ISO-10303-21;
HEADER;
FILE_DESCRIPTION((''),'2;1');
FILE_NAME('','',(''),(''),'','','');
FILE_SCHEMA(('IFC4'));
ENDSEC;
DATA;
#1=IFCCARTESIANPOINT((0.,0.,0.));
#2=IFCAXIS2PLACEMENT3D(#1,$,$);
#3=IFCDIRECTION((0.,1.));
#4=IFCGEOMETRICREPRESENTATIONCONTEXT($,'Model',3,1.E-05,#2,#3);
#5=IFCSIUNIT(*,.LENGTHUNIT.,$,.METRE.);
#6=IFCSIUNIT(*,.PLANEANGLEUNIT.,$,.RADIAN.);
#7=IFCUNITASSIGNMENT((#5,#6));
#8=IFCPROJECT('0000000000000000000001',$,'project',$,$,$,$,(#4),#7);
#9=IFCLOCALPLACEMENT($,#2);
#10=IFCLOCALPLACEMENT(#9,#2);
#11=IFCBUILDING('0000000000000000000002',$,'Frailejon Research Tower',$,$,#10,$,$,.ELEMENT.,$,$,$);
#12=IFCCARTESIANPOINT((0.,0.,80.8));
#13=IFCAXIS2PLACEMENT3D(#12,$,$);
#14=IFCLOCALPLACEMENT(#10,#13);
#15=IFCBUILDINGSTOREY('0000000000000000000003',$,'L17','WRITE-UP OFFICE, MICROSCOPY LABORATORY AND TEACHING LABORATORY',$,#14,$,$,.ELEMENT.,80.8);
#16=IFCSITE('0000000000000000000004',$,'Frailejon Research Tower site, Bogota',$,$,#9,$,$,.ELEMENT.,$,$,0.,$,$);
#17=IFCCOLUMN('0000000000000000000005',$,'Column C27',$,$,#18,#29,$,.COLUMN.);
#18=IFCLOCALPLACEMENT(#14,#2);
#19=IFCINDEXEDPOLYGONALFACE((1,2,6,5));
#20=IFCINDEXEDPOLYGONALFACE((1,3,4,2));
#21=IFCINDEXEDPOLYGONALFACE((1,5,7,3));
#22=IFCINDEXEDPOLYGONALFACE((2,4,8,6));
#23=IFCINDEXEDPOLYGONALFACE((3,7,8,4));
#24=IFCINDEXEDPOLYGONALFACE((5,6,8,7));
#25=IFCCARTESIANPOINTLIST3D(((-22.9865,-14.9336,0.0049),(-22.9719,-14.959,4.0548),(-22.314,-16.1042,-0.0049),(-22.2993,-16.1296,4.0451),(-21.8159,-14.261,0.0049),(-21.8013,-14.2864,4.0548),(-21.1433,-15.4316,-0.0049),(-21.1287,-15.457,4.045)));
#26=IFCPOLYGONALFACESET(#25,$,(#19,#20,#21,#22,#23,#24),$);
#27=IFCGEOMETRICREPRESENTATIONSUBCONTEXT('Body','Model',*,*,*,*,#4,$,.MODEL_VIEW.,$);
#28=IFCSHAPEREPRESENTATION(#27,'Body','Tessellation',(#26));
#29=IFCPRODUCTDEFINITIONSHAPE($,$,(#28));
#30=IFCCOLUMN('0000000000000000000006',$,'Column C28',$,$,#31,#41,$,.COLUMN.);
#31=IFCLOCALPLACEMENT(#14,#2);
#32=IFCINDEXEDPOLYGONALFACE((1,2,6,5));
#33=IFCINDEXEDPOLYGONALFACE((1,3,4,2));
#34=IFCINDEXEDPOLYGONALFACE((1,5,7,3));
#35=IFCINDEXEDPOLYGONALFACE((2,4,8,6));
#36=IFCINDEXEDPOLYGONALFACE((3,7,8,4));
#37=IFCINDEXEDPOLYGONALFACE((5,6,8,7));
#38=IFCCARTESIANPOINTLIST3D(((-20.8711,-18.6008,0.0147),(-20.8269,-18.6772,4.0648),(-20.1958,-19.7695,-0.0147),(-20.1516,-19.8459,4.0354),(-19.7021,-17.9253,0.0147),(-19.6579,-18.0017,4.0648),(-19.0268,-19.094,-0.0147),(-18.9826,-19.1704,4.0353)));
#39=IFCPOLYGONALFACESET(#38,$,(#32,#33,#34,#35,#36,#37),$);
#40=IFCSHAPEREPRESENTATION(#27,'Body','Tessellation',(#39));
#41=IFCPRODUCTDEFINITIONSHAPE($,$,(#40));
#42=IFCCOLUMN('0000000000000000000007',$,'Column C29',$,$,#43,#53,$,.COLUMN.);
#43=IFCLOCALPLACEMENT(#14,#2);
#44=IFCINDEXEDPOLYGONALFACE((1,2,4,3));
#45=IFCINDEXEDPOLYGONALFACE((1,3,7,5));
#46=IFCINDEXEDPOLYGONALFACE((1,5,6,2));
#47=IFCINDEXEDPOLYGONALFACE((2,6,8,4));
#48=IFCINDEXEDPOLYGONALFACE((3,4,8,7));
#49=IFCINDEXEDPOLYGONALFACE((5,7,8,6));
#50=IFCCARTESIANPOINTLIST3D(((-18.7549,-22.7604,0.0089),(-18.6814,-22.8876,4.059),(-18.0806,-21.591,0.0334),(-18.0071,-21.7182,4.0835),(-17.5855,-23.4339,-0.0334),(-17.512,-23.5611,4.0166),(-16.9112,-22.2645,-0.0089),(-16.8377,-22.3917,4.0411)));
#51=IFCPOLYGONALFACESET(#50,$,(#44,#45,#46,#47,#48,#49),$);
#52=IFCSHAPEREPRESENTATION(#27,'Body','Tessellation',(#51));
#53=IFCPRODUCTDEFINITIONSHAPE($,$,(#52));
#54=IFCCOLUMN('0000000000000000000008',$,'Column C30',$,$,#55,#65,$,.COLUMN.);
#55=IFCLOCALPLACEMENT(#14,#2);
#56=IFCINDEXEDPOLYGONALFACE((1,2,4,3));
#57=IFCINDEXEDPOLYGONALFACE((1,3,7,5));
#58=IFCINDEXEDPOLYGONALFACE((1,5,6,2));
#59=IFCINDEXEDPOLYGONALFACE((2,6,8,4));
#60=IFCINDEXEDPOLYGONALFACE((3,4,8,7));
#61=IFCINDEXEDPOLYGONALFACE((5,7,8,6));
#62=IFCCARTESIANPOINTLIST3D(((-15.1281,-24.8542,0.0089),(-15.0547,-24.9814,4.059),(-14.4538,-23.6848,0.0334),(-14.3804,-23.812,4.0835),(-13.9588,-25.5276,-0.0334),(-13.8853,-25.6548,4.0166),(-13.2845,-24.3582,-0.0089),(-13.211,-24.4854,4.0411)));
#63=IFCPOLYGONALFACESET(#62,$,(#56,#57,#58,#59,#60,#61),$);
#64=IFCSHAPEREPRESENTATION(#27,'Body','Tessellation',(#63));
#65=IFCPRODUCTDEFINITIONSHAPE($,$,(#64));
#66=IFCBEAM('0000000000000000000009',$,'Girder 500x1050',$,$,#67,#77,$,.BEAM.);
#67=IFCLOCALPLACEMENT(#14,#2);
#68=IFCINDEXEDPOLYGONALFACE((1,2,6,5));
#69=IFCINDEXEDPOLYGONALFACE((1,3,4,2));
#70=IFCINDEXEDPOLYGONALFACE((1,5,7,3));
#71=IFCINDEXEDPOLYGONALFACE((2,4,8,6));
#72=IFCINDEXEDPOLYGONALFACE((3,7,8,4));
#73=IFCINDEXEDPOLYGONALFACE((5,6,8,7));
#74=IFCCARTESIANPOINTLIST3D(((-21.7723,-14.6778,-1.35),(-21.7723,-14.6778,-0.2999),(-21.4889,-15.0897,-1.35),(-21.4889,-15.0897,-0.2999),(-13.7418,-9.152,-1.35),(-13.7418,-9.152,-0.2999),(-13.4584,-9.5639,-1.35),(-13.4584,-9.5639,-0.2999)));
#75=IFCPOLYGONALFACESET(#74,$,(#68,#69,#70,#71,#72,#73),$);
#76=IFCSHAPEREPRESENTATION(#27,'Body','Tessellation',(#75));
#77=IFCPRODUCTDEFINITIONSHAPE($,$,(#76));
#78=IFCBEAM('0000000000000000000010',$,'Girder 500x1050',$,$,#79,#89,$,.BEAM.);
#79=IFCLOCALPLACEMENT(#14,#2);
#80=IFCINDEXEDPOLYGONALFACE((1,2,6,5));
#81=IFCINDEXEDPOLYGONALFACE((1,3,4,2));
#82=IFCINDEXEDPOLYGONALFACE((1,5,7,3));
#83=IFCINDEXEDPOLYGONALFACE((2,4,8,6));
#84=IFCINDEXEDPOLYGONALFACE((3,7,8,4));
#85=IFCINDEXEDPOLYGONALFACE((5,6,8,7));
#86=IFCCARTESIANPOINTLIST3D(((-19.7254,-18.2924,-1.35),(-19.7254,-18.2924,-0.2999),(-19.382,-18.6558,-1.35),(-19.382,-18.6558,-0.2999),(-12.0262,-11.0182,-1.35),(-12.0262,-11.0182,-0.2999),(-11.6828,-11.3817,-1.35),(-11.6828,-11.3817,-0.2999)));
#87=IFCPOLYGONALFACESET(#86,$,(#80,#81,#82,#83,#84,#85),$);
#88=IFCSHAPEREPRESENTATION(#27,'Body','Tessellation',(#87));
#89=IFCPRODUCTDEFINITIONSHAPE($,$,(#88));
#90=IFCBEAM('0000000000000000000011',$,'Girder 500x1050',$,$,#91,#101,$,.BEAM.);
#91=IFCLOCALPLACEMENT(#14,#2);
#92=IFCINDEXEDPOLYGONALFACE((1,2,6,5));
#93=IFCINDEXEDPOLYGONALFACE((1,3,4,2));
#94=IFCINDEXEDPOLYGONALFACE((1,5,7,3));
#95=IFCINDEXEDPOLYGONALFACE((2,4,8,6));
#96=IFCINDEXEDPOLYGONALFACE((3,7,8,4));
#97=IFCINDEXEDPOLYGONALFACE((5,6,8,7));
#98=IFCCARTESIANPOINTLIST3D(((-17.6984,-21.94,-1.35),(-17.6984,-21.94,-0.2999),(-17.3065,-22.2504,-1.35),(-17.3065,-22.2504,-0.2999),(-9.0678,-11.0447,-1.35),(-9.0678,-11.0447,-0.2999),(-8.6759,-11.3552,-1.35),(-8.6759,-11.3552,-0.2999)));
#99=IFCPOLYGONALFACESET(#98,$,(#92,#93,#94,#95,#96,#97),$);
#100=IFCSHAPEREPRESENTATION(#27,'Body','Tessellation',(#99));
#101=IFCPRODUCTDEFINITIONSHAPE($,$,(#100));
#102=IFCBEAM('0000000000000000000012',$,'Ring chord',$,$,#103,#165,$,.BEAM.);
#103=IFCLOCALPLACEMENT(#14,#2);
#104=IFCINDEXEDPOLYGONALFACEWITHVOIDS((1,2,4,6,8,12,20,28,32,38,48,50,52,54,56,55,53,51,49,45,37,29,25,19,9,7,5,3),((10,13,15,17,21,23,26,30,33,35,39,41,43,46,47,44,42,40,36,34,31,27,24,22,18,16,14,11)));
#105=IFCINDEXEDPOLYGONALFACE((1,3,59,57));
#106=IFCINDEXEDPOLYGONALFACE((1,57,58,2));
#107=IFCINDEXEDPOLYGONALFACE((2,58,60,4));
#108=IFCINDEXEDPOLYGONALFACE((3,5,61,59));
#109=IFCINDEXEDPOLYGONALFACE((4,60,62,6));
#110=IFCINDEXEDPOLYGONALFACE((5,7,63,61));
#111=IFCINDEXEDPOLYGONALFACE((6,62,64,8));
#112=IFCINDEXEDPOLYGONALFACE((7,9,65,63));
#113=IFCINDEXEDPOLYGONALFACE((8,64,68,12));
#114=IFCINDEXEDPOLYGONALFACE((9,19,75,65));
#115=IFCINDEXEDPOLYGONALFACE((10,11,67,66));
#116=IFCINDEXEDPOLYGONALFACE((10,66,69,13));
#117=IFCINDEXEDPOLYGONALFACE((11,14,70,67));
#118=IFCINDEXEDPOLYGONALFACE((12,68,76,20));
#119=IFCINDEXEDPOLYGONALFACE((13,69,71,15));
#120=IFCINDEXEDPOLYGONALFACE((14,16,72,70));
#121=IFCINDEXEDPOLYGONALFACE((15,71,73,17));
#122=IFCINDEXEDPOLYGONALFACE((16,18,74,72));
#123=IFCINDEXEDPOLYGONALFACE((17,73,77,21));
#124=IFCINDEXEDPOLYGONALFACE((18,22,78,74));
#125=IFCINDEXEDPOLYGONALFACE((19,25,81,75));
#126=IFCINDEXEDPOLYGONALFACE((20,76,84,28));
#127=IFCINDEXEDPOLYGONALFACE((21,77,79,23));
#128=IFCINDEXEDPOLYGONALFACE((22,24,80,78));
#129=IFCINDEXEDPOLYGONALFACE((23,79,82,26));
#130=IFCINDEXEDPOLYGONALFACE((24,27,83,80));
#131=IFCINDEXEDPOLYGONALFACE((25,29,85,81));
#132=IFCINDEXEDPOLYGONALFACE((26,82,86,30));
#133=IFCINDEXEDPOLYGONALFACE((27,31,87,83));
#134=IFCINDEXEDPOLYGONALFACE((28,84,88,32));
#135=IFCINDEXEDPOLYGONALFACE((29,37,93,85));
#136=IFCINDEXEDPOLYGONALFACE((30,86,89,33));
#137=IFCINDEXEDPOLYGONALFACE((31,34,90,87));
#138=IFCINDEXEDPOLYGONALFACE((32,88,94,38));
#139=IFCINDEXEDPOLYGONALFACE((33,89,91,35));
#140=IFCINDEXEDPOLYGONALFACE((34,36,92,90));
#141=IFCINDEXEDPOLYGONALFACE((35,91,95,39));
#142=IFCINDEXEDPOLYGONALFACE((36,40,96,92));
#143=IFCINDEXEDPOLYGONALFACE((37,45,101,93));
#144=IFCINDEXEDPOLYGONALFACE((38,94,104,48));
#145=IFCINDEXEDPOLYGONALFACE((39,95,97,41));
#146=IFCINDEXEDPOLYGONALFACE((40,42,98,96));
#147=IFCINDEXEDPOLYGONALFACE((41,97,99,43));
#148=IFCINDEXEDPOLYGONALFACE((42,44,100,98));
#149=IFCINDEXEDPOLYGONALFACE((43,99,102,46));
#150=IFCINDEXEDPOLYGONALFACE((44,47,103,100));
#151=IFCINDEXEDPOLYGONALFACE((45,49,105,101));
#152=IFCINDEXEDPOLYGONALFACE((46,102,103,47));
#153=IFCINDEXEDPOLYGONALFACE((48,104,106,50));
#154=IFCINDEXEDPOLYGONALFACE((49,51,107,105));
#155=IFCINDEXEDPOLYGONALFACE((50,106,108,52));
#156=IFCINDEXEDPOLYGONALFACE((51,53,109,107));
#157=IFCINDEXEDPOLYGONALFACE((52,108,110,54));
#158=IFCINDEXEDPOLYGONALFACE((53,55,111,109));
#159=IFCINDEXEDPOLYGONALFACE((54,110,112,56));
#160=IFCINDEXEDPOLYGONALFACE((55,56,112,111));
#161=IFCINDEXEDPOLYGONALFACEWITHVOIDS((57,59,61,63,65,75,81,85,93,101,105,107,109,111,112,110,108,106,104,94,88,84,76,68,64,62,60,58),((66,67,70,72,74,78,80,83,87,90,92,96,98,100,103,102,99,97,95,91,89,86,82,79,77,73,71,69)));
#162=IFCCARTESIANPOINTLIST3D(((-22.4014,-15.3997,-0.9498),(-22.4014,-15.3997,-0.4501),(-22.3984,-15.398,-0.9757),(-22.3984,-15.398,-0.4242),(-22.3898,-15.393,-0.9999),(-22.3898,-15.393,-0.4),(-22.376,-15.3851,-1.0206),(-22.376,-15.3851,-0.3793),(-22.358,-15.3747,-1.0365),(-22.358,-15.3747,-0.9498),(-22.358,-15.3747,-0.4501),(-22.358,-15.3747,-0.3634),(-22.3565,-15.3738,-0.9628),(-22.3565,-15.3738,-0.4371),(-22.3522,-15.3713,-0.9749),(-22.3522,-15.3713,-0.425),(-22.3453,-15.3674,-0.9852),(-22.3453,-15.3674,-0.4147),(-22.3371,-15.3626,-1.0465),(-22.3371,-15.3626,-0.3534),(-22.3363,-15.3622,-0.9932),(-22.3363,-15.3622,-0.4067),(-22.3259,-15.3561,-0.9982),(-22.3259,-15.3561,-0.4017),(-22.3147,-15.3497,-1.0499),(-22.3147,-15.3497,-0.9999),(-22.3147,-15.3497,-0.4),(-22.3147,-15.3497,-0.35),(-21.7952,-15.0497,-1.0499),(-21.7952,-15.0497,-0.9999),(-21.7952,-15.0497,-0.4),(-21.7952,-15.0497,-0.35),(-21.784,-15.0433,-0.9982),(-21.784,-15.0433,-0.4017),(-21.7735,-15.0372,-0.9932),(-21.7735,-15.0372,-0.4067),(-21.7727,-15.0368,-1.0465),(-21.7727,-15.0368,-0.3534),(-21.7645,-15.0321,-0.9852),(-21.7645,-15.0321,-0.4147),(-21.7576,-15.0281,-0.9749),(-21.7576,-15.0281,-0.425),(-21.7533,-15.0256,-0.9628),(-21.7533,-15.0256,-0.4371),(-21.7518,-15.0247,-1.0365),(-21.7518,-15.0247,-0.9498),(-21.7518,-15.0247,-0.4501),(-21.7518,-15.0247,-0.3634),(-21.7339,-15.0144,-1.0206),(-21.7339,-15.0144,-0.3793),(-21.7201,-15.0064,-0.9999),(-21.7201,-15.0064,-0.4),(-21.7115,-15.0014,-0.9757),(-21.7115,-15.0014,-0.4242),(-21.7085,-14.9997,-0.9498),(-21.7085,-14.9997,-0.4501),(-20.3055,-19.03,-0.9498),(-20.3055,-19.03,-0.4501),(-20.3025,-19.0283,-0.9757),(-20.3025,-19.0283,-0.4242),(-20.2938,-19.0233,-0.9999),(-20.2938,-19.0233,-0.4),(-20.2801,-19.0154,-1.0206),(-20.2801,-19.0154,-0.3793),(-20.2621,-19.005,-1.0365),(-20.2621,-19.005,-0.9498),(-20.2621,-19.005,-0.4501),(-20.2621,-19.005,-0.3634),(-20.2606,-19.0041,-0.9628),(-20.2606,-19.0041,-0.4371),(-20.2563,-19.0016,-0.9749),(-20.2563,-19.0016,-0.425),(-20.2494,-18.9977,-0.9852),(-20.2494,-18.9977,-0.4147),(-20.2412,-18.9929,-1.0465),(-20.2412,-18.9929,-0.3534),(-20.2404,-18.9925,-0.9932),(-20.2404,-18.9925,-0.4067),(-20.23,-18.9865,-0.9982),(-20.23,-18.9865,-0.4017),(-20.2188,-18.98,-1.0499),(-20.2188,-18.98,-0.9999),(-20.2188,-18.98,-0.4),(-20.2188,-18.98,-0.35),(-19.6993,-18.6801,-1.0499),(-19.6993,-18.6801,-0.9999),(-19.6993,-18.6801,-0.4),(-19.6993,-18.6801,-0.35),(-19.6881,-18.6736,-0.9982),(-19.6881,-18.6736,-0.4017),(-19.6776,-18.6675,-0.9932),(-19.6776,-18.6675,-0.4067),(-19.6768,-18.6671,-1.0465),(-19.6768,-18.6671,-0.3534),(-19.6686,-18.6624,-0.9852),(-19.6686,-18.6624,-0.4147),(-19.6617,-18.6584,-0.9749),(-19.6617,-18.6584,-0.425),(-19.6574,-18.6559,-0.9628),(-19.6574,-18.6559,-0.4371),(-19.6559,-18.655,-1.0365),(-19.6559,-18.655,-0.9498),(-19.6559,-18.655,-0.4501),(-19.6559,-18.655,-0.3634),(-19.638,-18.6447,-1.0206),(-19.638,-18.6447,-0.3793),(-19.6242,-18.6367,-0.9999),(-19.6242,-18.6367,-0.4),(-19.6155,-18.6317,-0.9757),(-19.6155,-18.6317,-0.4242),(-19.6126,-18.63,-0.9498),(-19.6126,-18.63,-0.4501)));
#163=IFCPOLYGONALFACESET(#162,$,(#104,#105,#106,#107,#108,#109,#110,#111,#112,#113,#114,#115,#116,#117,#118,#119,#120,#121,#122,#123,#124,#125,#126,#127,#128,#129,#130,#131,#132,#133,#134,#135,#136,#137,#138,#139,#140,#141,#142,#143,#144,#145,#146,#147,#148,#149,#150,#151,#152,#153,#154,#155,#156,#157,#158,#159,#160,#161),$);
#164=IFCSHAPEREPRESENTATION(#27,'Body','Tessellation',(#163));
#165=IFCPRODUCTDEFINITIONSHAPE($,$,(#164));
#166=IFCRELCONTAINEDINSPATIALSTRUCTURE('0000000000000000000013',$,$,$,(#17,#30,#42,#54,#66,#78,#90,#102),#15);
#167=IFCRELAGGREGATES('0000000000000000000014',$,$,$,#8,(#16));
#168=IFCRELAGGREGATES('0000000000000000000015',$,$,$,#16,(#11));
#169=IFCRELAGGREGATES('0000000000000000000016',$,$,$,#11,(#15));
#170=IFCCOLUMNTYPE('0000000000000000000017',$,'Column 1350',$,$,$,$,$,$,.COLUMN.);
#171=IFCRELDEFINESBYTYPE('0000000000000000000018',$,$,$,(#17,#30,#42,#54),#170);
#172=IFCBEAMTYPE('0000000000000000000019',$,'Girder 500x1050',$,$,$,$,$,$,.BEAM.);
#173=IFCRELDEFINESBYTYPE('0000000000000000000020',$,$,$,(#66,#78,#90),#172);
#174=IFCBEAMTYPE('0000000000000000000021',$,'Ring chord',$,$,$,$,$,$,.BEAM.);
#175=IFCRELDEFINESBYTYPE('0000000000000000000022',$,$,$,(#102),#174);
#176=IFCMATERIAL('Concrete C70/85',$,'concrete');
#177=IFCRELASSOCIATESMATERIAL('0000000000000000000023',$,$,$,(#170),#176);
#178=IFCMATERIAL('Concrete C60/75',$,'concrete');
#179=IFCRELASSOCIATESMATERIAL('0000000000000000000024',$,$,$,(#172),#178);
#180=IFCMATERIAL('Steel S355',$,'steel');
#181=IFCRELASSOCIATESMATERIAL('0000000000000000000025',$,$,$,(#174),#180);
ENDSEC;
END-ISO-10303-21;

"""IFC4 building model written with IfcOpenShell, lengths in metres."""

from ifc_helpers import new_model, si_unit, direction, frame, origin, origin_2d, place, context, subcontext, project, spatial, rectangle, hollow_rectangle, extrude, material, material_profile, profile_set, type_object, element, save


model = new_model("IFC4")

# Units and contexts
model_context = context("Model", 3, precision=1e-05, world=origin(), true_north=direction((0.0, 1.0)))
body_context = subcontext(model_context, "Body", "Model", "MODEL_VIEW")
ifc_project = project(units=[si_unit("LENGTHUNIT", "METRE"), si_unit("PLANEANGLEUNIT", "RADIAN")], contexts=[model_context])

# Site, building, storey
site_placement = place(None, origin())
site = spatial("IfcSite", under=ifc_project, at=site_placement, Name="Frailejon Research Tower site, Bogota", CompositionType="ELEMENT", RefElevation=0.0)
building_placement = place(site_placement, origin())
building = spatial("IfcBuilding", under=site, at=building_placement, Name="Frailejon Research Tower", CompositionType="ELEMENT")
storey_placement = place(building_placement, frame((0.0, 0.0, 80.8)))
storey = spatial("IfcBuildingStorey", under=building, at=storey_placement, Name="L17", Description="WRITE-UP OFFICE, MICROSCOPY LABORATORY AND TEACHING LABORATORY", CompositionType="ELEMENT", Elevation=80.8)

# Columns
ifc_material_1 = material(Name="Concrete C70/85", Category="concrete")
ifc_material_profile_1 = material_profile(ifc_material_1, rectangle(XDim=1.3501, YDim=1.3501, at=origin_2d()), Name="Column 1350")
ifc_profile_set_1 = profile_set([ifc_material_profile_1], Name="Concrete C70/85")
column_type = type_object("IfcColumnType", Name="Column 1350", PredefinedType="COLUMN", material=ifc_profile_set_1)
column_1_placement = place(storey_placement, frame((-22.0649, -15.1826, 0.0), z_axis=(0.003617, -0.006269, 0.999974), x_axis=(0.498177, -0.867045, -0.007238)))
element("IfcColumn", 1, at=column_1_placement, inside=storey, type_object=column_type, Name="Column C27", PredefinedType="COLUMN", context=body_context, shape_type="SweptSolid", body=[
    extrude(rectangle(XDim=1.3501, YDim=1.3501, at=origin_2d()), origin(), (0.0, 0.0, 1.0), 4.05),
])
column_2_placement = place(storey_placement, frame((-19.949, -18.8474, 0.0), z_axis=(0.010908, -0.018863, 0.999763), x_axis=(0.500187, -0.865643, -0.02179)))
element("IfcColumn", 2, at=column_2_placement, inside=storey, type_object=column_type, Name="Column C28", PredefinedType="COLUMN", context=body_context, shape_type="SweptSolid", body=[
    extrude(rectangle(XDim=1.3501, YDim=1.3501, at=origin_2d()), origin(), (0.0, 0.0, 1.0), 4.051),
])
for number, where, z_axis, x_axis, name in (
    (3, (-17.833, -22.5125, 0.0), (0.018133, -0.031386, 0.999343), (0.866156, -0.498787, -0.031381), "Column C29"),
    (4, (-14.2063, -24.6062, 0.0), (0.018133, -0.031386, 0.999343), (0.866156, -0.498787, -0.031381), "Column C30"),
):
    element("IfcColumn", number, at=place(storey_placement, frame(where, z_axis=z_axis, x_axis=x_axis)), inside=storey, type_object=column_type, Name=name, PredefinedType="COLUMN", context=body_context, shape_type="SweptSolid", body=[
        extrude(rectangle(XDim=1.3501, YDim=1.3501, at=origin_2d()), origin(), (0.0, 0.0, 1.0), 4.0527),
    ])

# Beams
ifc_material_2 = material(Name="Concrete C60/75", Category="concrete")
ifc_material_profile_2 = material_profile(ifc_material_2, rectangle(XDim=0.5, YDim=1.05, at=origin_2d()), Name="Girder 500x1050")
ifc_profile_set_2 = profile_set([ifc_material_profile_2], Name="Concrete C60/75")
beam_type_1 = type_object("IfcBeamType", Name="Girder 500x1050", PredefinedType="BEAM", material=ifc_profile_set_2)
beam_1_placement = place(storey_placement, frame((-21.6306, -14.8838, -0.825), z_axis=(0.823807, 0.56687, 0.0), x_axis=(-0.56687, 0.823807, 0.0)))
element("IfcBeam", 5, at=beam_1_placement, inside=storey, type_object=beam_type_1, Name="Girder 500x1050", PredefinedType="BEAM", context=body_context, shape_type="SweptSolid", body=[
    extrude(rectangle(XDim=0.5, YDim=1.05, at=origin_2d()), origin(), (0.0, 0.0, 1.0), 9.748),
])
beam_2_placement = place(storey_placement, frame((-19.5537, -18.4741, -0.825), z_axis=(0.726887, 0.686758, 0.0), x_axis=(-0.686758, 0.726887, 0.0)))
element("IfcBeam", 6, at=beam_2_placement, inside=storey, type_object=beam_type_1, Name="Girder 500x1050", PredefinedType="BEAM", context=body_context, shape_type="SweptSolid", body=[
    extrude(rectangle(XDim=0.5, YDim=1.05, at=origin_2d()), origin(), (0.0, 0.0, 1.0), 10.592),
])
beam_3_placement = place(storey_placement, frame((-17.5024, -22.0952, -0.825), z_axis=(0.620933, 0.783864, 0.0), x_axis=(-0.783864, 0.620933, 0.0)))
element("IfcBeam", 7, at=beam_3_placement, inside=storey, type_object=beam_type_1, Name="Girder 500x1050", PredefinedType="BEAM", context=body_context, shape_type="SweptSolid", body=[
    extrude(rectangle(XDim=0.5, YDim=1.05, at=origin_2d()), origin(), (0.0, 0.0, 1.0), 13.8994),
])
ifc_material_3 = material(Name="Steel S355", Category="steel")
ifc_material_profile_3 = material_profile(ifc_material_3, hollow_rectangle(XDim=0.8, YDim=0.7, WallThickness=0.05, InnerFilletRadius=0.05, OuterFilletRadius=0.1001, at=origin_2d()), Name="Ring chord")
ifc_profile_set_3 = profile_set([ifc_material_profile_3], Name="Steel S355")
beam_type_2 = type_object("IfcBeamType", Name="Ring chord", PredefinedType="BEAM", material=ifc_profile_set_3)
for number, where, z_axis, x_axis, name in (
    (8, (-22.0549, -15.1997, -0.7), (0.499991, -0.86603, 0.0), (0.86603, 0.499991, 0.0), "Ring chord"),
):
    element("IfcBeam", number, at=place(storey_placement, frame(where, z_axis=z_axis, x_axis=x_axis)), inside=storey, type_object=beam_type_2, Name=name, PredefinedType="BEAM", context=body_context, shape_type="SweptSolid", body=[
        extrude(hollow_rectangle(XDim=0.8, YDim=0.7, WallThickness=0.05, InnerFilletRadius=0.05, OuterFilletRadius=0.1001, at=origin_2d()), origin(), (0.0, 0.0, 1.0), 4.1919),
    ])

save(model, "model.ifc")
